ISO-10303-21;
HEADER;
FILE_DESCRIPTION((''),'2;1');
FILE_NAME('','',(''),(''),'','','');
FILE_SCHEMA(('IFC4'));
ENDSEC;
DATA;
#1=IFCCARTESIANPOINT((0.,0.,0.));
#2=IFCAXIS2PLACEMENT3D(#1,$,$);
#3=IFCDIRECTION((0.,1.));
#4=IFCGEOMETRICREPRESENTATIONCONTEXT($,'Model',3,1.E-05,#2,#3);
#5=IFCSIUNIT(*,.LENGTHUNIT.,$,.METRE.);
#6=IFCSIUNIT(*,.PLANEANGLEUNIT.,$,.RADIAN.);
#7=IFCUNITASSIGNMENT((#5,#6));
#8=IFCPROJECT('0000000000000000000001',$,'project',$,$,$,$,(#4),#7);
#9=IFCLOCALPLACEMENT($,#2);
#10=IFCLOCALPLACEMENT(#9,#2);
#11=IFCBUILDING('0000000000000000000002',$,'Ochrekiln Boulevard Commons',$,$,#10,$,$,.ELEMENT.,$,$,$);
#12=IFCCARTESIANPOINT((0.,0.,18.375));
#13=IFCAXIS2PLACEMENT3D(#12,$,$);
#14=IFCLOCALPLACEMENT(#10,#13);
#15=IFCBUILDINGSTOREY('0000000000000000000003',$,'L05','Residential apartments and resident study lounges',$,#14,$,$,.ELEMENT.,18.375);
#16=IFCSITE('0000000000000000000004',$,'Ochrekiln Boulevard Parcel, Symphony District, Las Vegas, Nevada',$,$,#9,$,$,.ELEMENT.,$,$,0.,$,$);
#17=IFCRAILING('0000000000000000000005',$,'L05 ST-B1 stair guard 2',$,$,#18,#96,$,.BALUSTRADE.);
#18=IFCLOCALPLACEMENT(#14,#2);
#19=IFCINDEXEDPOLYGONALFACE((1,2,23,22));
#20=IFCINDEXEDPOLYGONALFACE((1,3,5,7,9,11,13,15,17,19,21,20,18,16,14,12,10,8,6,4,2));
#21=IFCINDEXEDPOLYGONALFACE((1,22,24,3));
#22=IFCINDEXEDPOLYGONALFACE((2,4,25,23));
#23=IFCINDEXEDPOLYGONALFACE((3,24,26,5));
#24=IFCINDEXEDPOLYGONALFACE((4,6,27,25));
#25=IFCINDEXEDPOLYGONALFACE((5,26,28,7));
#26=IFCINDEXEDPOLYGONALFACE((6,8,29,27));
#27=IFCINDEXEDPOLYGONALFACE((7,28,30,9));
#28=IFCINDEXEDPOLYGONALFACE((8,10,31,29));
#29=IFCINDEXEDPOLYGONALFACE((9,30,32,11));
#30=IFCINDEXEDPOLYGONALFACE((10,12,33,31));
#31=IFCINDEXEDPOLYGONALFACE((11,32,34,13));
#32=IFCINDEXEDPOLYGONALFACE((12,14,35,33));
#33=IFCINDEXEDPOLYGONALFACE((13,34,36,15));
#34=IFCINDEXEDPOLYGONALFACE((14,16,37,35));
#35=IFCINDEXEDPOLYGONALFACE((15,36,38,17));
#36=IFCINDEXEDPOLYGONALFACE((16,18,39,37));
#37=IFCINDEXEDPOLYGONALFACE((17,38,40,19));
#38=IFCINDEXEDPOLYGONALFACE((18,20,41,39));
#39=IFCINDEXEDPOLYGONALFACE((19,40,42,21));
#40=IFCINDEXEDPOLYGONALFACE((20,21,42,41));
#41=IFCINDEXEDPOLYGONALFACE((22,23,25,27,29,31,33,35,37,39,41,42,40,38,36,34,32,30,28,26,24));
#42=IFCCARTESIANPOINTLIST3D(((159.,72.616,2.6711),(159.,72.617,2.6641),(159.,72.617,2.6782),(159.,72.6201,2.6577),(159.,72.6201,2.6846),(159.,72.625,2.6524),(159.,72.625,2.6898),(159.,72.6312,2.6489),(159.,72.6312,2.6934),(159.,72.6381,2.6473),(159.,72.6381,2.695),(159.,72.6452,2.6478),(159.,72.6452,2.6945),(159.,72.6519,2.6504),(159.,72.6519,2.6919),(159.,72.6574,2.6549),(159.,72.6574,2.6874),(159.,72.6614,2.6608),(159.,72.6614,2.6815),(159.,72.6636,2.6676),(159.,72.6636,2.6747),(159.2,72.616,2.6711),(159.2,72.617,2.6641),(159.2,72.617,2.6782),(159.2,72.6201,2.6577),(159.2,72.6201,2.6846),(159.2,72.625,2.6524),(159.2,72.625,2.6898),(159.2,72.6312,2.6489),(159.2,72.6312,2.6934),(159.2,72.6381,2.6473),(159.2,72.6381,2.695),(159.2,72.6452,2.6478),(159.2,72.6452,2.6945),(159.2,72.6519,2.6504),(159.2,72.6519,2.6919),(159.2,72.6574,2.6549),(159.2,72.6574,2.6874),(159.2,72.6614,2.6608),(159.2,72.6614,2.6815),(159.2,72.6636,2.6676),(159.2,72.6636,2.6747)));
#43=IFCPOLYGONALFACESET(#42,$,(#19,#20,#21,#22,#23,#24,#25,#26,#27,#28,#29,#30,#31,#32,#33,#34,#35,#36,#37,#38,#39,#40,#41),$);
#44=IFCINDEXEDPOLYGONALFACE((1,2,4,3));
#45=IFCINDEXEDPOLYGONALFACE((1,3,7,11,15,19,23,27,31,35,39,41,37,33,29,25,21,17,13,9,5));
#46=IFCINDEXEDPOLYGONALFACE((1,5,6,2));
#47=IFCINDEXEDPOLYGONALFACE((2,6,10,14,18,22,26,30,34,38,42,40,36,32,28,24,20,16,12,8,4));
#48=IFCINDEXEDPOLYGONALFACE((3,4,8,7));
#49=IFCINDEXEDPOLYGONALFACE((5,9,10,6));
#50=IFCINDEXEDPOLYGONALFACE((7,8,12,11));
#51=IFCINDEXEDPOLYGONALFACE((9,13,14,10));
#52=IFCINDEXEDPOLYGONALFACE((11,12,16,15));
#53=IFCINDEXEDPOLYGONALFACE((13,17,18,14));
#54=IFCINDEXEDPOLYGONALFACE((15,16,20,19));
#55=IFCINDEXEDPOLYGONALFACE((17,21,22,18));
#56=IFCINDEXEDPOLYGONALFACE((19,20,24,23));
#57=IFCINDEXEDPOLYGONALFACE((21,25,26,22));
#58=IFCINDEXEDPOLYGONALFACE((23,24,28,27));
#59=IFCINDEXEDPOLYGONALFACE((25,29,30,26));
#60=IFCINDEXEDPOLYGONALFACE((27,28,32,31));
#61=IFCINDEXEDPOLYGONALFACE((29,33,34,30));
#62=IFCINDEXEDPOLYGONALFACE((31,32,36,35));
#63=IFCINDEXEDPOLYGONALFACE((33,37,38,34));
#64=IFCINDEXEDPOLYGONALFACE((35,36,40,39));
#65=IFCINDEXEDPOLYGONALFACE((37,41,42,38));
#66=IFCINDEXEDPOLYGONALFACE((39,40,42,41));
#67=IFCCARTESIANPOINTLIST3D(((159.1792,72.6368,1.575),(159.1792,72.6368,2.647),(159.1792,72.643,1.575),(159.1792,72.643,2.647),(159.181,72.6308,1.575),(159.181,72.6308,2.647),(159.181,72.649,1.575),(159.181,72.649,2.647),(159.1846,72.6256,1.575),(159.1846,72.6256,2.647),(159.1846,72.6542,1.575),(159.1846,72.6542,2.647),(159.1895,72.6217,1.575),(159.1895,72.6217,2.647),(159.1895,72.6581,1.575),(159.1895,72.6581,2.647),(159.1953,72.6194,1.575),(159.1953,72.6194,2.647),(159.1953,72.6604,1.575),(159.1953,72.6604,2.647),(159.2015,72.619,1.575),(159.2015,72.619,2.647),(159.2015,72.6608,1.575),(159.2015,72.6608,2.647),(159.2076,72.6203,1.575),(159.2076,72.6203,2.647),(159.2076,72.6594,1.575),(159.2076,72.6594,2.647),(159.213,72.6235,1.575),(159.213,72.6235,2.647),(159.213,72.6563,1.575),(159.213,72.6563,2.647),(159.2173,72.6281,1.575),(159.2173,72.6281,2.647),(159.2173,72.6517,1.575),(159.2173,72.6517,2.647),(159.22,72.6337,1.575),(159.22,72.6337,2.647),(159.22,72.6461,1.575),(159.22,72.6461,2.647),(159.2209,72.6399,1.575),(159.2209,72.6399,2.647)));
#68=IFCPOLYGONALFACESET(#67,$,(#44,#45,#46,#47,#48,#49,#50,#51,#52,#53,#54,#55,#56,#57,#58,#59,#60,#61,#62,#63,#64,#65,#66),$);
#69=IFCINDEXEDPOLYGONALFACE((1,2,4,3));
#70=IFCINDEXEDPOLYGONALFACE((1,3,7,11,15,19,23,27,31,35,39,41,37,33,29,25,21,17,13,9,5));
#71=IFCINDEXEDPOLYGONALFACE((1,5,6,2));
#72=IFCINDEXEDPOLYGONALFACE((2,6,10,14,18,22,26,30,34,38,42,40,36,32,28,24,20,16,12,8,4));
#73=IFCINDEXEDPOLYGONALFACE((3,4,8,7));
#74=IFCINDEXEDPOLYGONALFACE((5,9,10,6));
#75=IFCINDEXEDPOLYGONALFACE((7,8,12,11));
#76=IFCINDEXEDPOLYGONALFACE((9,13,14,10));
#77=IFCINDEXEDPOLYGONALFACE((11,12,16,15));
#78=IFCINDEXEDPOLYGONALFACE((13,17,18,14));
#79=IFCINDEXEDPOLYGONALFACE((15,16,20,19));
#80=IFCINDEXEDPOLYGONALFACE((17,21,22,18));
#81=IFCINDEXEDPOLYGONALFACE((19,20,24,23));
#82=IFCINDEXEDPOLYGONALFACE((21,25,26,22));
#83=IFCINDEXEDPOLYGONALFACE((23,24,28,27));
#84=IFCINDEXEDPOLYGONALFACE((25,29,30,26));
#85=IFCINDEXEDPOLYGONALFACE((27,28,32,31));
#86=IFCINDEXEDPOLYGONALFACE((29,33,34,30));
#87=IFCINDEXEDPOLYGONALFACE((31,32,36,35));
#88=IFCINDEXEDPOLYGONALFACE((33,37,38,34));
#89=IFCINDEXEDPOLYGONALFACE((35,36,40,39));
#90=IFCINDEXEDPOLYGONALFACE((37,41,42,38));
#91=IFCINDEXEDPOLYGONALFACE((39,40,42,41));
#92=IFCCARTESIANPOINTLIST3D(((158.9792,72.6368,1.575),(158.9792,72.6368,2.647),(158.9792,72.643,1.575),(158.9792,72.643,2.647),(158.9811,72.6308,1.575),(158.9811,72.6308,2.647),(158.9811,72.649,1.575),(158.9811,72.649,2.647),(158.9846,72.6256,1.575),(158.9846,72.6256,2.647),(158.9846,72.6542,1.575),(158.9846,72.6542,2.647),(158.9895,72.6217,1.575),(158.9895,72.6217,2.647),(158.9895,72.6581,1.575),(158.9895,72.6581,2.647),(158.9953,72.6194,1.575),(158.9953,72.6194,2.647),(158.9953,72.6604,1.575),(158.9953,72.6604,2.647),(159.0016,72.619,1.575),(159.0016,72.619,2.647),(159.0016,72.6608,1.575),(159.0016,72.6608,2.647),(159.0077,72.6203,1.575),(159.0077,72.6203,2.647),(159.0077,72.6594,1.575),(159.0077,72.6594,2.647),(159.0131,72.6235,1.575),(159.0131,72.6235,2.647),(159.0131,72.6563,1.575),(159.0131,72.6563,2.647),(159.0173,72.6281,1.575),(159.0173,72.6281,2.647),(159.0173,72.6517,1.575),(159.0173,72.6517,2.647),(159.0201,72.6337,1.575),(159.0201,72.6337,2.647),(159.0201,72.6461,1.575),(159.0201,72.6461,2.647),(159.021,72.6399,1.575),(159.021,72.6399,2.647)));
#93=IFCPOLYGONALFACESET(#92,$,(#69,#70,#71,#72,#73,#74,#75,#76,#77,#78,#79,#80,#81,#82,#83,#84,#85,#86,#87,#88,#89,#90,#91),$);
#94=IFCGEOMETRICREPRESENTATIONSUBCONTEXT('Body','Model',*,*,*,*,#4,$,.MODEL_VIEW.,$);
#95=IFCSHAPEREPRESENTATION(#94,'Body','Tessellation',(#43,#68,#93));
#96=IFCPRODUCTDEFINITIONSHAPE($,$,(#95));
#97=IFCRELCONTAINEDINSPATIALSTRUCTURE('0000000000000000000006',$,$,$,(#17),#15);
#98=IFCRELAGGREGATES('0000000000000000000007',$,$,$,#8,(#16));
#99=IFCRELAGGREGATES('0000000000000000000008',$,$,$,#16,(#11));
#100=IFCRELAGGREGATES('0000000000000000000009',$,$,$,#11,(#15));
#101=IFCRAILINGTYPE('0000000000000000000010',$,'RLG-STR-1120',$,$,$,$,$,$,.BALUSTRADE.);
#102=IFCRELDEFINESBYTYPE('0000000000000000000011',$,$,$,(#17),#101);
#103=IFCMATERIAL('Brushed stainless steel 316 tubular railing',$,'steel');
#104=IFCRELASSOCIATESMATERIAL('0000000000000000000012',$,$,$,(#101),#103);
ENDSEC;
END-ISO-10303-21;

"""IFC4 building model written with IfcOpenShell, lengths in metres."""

from ifc_helpers import new_model, si_unit, direction, frame, origin, origin_2d, place, context, subcontext, project, spatial, circle, extrude, material, type_object, element, save


model = new_model("IFC4")

# Units and contexts
model_context = context("Model", 3, precision=1e-05, world=origin(), true_north=direction((0.0, 1.0)))
body_context = subcontext(model_context, "Body", "Model", "MODEL_VIEW")
ifc_project = project(units=[si_unit("LENGTHUNIT", "METRE"), si_unit("PLANEANGLEUNIT", "RADIAN")], contexts=[model_context])

# Site, building, storey
site_placement = place(None, origin())
site = spatial("IfcSite", under=ifc_project, at=site_placement, Name="Ochrekiln Boulevard Parcel, Symphony District, Las Vegas, Nevada", CompositionType="ELEMENT", RefElevation=0.0)
building_placement = place(site_placement, origin())
building = spatial("IfcBuilding", under=site, at=building_placement, Name="Ochrekiln Boulevard Commons", CompositionType="ELEMENT")
storey_placement = place(building_placement, frame((0.0, 0.0, 18.375)))
storey = spatial("IfcBuildingStorey", under=building, at=storey_placement, Name="L05", Description="Residential apartments and resident study lounges", CompositionType="ELEMENT", Elevation=18.375)

# Railing
ifc_material_1 = material(Name="Brushed stainless steel 316 tubular railing", Category="steel")
railing_type_1 = type_object("IfcRailingType", Name="RLG-STR-1120", PredefinedType="BALUSTRADE", material=ifc_material_1)
railing_1_placement = place(storey_placement, frame((159.2, 72.6399, 1.575)))
element("IfcRailing", 1, at=railing_1_placement, inside=storey, type_object=railing_type_1, Name="L05 ST-B1 stair guard 2", PredefinedType="BALUSTRADE", context=body_context, shape_type="SweptSolid", body=[
    extrude(circle(Radius=0.0239, at=origin_2d()), frame((0.0, 0.0, 1.0962), z_axis=(-1.0, 0.0, 0.0), x_axis=(0.0, -1.0, 0.0)), (0.0, 0.0, 1.0), 0.2),
    extrude(circle(Radius=0.021, at=origin_2d()), origin(), (0.0, 0.0, 1.0), 1.072),
    extrude(circle(Radius=0.021, at=origin_2d()), frame((-0.2, 0.0, 0.0)), (0.0, 0.0, 1.0), 1.072),
])

save(model, "model.ifc")
